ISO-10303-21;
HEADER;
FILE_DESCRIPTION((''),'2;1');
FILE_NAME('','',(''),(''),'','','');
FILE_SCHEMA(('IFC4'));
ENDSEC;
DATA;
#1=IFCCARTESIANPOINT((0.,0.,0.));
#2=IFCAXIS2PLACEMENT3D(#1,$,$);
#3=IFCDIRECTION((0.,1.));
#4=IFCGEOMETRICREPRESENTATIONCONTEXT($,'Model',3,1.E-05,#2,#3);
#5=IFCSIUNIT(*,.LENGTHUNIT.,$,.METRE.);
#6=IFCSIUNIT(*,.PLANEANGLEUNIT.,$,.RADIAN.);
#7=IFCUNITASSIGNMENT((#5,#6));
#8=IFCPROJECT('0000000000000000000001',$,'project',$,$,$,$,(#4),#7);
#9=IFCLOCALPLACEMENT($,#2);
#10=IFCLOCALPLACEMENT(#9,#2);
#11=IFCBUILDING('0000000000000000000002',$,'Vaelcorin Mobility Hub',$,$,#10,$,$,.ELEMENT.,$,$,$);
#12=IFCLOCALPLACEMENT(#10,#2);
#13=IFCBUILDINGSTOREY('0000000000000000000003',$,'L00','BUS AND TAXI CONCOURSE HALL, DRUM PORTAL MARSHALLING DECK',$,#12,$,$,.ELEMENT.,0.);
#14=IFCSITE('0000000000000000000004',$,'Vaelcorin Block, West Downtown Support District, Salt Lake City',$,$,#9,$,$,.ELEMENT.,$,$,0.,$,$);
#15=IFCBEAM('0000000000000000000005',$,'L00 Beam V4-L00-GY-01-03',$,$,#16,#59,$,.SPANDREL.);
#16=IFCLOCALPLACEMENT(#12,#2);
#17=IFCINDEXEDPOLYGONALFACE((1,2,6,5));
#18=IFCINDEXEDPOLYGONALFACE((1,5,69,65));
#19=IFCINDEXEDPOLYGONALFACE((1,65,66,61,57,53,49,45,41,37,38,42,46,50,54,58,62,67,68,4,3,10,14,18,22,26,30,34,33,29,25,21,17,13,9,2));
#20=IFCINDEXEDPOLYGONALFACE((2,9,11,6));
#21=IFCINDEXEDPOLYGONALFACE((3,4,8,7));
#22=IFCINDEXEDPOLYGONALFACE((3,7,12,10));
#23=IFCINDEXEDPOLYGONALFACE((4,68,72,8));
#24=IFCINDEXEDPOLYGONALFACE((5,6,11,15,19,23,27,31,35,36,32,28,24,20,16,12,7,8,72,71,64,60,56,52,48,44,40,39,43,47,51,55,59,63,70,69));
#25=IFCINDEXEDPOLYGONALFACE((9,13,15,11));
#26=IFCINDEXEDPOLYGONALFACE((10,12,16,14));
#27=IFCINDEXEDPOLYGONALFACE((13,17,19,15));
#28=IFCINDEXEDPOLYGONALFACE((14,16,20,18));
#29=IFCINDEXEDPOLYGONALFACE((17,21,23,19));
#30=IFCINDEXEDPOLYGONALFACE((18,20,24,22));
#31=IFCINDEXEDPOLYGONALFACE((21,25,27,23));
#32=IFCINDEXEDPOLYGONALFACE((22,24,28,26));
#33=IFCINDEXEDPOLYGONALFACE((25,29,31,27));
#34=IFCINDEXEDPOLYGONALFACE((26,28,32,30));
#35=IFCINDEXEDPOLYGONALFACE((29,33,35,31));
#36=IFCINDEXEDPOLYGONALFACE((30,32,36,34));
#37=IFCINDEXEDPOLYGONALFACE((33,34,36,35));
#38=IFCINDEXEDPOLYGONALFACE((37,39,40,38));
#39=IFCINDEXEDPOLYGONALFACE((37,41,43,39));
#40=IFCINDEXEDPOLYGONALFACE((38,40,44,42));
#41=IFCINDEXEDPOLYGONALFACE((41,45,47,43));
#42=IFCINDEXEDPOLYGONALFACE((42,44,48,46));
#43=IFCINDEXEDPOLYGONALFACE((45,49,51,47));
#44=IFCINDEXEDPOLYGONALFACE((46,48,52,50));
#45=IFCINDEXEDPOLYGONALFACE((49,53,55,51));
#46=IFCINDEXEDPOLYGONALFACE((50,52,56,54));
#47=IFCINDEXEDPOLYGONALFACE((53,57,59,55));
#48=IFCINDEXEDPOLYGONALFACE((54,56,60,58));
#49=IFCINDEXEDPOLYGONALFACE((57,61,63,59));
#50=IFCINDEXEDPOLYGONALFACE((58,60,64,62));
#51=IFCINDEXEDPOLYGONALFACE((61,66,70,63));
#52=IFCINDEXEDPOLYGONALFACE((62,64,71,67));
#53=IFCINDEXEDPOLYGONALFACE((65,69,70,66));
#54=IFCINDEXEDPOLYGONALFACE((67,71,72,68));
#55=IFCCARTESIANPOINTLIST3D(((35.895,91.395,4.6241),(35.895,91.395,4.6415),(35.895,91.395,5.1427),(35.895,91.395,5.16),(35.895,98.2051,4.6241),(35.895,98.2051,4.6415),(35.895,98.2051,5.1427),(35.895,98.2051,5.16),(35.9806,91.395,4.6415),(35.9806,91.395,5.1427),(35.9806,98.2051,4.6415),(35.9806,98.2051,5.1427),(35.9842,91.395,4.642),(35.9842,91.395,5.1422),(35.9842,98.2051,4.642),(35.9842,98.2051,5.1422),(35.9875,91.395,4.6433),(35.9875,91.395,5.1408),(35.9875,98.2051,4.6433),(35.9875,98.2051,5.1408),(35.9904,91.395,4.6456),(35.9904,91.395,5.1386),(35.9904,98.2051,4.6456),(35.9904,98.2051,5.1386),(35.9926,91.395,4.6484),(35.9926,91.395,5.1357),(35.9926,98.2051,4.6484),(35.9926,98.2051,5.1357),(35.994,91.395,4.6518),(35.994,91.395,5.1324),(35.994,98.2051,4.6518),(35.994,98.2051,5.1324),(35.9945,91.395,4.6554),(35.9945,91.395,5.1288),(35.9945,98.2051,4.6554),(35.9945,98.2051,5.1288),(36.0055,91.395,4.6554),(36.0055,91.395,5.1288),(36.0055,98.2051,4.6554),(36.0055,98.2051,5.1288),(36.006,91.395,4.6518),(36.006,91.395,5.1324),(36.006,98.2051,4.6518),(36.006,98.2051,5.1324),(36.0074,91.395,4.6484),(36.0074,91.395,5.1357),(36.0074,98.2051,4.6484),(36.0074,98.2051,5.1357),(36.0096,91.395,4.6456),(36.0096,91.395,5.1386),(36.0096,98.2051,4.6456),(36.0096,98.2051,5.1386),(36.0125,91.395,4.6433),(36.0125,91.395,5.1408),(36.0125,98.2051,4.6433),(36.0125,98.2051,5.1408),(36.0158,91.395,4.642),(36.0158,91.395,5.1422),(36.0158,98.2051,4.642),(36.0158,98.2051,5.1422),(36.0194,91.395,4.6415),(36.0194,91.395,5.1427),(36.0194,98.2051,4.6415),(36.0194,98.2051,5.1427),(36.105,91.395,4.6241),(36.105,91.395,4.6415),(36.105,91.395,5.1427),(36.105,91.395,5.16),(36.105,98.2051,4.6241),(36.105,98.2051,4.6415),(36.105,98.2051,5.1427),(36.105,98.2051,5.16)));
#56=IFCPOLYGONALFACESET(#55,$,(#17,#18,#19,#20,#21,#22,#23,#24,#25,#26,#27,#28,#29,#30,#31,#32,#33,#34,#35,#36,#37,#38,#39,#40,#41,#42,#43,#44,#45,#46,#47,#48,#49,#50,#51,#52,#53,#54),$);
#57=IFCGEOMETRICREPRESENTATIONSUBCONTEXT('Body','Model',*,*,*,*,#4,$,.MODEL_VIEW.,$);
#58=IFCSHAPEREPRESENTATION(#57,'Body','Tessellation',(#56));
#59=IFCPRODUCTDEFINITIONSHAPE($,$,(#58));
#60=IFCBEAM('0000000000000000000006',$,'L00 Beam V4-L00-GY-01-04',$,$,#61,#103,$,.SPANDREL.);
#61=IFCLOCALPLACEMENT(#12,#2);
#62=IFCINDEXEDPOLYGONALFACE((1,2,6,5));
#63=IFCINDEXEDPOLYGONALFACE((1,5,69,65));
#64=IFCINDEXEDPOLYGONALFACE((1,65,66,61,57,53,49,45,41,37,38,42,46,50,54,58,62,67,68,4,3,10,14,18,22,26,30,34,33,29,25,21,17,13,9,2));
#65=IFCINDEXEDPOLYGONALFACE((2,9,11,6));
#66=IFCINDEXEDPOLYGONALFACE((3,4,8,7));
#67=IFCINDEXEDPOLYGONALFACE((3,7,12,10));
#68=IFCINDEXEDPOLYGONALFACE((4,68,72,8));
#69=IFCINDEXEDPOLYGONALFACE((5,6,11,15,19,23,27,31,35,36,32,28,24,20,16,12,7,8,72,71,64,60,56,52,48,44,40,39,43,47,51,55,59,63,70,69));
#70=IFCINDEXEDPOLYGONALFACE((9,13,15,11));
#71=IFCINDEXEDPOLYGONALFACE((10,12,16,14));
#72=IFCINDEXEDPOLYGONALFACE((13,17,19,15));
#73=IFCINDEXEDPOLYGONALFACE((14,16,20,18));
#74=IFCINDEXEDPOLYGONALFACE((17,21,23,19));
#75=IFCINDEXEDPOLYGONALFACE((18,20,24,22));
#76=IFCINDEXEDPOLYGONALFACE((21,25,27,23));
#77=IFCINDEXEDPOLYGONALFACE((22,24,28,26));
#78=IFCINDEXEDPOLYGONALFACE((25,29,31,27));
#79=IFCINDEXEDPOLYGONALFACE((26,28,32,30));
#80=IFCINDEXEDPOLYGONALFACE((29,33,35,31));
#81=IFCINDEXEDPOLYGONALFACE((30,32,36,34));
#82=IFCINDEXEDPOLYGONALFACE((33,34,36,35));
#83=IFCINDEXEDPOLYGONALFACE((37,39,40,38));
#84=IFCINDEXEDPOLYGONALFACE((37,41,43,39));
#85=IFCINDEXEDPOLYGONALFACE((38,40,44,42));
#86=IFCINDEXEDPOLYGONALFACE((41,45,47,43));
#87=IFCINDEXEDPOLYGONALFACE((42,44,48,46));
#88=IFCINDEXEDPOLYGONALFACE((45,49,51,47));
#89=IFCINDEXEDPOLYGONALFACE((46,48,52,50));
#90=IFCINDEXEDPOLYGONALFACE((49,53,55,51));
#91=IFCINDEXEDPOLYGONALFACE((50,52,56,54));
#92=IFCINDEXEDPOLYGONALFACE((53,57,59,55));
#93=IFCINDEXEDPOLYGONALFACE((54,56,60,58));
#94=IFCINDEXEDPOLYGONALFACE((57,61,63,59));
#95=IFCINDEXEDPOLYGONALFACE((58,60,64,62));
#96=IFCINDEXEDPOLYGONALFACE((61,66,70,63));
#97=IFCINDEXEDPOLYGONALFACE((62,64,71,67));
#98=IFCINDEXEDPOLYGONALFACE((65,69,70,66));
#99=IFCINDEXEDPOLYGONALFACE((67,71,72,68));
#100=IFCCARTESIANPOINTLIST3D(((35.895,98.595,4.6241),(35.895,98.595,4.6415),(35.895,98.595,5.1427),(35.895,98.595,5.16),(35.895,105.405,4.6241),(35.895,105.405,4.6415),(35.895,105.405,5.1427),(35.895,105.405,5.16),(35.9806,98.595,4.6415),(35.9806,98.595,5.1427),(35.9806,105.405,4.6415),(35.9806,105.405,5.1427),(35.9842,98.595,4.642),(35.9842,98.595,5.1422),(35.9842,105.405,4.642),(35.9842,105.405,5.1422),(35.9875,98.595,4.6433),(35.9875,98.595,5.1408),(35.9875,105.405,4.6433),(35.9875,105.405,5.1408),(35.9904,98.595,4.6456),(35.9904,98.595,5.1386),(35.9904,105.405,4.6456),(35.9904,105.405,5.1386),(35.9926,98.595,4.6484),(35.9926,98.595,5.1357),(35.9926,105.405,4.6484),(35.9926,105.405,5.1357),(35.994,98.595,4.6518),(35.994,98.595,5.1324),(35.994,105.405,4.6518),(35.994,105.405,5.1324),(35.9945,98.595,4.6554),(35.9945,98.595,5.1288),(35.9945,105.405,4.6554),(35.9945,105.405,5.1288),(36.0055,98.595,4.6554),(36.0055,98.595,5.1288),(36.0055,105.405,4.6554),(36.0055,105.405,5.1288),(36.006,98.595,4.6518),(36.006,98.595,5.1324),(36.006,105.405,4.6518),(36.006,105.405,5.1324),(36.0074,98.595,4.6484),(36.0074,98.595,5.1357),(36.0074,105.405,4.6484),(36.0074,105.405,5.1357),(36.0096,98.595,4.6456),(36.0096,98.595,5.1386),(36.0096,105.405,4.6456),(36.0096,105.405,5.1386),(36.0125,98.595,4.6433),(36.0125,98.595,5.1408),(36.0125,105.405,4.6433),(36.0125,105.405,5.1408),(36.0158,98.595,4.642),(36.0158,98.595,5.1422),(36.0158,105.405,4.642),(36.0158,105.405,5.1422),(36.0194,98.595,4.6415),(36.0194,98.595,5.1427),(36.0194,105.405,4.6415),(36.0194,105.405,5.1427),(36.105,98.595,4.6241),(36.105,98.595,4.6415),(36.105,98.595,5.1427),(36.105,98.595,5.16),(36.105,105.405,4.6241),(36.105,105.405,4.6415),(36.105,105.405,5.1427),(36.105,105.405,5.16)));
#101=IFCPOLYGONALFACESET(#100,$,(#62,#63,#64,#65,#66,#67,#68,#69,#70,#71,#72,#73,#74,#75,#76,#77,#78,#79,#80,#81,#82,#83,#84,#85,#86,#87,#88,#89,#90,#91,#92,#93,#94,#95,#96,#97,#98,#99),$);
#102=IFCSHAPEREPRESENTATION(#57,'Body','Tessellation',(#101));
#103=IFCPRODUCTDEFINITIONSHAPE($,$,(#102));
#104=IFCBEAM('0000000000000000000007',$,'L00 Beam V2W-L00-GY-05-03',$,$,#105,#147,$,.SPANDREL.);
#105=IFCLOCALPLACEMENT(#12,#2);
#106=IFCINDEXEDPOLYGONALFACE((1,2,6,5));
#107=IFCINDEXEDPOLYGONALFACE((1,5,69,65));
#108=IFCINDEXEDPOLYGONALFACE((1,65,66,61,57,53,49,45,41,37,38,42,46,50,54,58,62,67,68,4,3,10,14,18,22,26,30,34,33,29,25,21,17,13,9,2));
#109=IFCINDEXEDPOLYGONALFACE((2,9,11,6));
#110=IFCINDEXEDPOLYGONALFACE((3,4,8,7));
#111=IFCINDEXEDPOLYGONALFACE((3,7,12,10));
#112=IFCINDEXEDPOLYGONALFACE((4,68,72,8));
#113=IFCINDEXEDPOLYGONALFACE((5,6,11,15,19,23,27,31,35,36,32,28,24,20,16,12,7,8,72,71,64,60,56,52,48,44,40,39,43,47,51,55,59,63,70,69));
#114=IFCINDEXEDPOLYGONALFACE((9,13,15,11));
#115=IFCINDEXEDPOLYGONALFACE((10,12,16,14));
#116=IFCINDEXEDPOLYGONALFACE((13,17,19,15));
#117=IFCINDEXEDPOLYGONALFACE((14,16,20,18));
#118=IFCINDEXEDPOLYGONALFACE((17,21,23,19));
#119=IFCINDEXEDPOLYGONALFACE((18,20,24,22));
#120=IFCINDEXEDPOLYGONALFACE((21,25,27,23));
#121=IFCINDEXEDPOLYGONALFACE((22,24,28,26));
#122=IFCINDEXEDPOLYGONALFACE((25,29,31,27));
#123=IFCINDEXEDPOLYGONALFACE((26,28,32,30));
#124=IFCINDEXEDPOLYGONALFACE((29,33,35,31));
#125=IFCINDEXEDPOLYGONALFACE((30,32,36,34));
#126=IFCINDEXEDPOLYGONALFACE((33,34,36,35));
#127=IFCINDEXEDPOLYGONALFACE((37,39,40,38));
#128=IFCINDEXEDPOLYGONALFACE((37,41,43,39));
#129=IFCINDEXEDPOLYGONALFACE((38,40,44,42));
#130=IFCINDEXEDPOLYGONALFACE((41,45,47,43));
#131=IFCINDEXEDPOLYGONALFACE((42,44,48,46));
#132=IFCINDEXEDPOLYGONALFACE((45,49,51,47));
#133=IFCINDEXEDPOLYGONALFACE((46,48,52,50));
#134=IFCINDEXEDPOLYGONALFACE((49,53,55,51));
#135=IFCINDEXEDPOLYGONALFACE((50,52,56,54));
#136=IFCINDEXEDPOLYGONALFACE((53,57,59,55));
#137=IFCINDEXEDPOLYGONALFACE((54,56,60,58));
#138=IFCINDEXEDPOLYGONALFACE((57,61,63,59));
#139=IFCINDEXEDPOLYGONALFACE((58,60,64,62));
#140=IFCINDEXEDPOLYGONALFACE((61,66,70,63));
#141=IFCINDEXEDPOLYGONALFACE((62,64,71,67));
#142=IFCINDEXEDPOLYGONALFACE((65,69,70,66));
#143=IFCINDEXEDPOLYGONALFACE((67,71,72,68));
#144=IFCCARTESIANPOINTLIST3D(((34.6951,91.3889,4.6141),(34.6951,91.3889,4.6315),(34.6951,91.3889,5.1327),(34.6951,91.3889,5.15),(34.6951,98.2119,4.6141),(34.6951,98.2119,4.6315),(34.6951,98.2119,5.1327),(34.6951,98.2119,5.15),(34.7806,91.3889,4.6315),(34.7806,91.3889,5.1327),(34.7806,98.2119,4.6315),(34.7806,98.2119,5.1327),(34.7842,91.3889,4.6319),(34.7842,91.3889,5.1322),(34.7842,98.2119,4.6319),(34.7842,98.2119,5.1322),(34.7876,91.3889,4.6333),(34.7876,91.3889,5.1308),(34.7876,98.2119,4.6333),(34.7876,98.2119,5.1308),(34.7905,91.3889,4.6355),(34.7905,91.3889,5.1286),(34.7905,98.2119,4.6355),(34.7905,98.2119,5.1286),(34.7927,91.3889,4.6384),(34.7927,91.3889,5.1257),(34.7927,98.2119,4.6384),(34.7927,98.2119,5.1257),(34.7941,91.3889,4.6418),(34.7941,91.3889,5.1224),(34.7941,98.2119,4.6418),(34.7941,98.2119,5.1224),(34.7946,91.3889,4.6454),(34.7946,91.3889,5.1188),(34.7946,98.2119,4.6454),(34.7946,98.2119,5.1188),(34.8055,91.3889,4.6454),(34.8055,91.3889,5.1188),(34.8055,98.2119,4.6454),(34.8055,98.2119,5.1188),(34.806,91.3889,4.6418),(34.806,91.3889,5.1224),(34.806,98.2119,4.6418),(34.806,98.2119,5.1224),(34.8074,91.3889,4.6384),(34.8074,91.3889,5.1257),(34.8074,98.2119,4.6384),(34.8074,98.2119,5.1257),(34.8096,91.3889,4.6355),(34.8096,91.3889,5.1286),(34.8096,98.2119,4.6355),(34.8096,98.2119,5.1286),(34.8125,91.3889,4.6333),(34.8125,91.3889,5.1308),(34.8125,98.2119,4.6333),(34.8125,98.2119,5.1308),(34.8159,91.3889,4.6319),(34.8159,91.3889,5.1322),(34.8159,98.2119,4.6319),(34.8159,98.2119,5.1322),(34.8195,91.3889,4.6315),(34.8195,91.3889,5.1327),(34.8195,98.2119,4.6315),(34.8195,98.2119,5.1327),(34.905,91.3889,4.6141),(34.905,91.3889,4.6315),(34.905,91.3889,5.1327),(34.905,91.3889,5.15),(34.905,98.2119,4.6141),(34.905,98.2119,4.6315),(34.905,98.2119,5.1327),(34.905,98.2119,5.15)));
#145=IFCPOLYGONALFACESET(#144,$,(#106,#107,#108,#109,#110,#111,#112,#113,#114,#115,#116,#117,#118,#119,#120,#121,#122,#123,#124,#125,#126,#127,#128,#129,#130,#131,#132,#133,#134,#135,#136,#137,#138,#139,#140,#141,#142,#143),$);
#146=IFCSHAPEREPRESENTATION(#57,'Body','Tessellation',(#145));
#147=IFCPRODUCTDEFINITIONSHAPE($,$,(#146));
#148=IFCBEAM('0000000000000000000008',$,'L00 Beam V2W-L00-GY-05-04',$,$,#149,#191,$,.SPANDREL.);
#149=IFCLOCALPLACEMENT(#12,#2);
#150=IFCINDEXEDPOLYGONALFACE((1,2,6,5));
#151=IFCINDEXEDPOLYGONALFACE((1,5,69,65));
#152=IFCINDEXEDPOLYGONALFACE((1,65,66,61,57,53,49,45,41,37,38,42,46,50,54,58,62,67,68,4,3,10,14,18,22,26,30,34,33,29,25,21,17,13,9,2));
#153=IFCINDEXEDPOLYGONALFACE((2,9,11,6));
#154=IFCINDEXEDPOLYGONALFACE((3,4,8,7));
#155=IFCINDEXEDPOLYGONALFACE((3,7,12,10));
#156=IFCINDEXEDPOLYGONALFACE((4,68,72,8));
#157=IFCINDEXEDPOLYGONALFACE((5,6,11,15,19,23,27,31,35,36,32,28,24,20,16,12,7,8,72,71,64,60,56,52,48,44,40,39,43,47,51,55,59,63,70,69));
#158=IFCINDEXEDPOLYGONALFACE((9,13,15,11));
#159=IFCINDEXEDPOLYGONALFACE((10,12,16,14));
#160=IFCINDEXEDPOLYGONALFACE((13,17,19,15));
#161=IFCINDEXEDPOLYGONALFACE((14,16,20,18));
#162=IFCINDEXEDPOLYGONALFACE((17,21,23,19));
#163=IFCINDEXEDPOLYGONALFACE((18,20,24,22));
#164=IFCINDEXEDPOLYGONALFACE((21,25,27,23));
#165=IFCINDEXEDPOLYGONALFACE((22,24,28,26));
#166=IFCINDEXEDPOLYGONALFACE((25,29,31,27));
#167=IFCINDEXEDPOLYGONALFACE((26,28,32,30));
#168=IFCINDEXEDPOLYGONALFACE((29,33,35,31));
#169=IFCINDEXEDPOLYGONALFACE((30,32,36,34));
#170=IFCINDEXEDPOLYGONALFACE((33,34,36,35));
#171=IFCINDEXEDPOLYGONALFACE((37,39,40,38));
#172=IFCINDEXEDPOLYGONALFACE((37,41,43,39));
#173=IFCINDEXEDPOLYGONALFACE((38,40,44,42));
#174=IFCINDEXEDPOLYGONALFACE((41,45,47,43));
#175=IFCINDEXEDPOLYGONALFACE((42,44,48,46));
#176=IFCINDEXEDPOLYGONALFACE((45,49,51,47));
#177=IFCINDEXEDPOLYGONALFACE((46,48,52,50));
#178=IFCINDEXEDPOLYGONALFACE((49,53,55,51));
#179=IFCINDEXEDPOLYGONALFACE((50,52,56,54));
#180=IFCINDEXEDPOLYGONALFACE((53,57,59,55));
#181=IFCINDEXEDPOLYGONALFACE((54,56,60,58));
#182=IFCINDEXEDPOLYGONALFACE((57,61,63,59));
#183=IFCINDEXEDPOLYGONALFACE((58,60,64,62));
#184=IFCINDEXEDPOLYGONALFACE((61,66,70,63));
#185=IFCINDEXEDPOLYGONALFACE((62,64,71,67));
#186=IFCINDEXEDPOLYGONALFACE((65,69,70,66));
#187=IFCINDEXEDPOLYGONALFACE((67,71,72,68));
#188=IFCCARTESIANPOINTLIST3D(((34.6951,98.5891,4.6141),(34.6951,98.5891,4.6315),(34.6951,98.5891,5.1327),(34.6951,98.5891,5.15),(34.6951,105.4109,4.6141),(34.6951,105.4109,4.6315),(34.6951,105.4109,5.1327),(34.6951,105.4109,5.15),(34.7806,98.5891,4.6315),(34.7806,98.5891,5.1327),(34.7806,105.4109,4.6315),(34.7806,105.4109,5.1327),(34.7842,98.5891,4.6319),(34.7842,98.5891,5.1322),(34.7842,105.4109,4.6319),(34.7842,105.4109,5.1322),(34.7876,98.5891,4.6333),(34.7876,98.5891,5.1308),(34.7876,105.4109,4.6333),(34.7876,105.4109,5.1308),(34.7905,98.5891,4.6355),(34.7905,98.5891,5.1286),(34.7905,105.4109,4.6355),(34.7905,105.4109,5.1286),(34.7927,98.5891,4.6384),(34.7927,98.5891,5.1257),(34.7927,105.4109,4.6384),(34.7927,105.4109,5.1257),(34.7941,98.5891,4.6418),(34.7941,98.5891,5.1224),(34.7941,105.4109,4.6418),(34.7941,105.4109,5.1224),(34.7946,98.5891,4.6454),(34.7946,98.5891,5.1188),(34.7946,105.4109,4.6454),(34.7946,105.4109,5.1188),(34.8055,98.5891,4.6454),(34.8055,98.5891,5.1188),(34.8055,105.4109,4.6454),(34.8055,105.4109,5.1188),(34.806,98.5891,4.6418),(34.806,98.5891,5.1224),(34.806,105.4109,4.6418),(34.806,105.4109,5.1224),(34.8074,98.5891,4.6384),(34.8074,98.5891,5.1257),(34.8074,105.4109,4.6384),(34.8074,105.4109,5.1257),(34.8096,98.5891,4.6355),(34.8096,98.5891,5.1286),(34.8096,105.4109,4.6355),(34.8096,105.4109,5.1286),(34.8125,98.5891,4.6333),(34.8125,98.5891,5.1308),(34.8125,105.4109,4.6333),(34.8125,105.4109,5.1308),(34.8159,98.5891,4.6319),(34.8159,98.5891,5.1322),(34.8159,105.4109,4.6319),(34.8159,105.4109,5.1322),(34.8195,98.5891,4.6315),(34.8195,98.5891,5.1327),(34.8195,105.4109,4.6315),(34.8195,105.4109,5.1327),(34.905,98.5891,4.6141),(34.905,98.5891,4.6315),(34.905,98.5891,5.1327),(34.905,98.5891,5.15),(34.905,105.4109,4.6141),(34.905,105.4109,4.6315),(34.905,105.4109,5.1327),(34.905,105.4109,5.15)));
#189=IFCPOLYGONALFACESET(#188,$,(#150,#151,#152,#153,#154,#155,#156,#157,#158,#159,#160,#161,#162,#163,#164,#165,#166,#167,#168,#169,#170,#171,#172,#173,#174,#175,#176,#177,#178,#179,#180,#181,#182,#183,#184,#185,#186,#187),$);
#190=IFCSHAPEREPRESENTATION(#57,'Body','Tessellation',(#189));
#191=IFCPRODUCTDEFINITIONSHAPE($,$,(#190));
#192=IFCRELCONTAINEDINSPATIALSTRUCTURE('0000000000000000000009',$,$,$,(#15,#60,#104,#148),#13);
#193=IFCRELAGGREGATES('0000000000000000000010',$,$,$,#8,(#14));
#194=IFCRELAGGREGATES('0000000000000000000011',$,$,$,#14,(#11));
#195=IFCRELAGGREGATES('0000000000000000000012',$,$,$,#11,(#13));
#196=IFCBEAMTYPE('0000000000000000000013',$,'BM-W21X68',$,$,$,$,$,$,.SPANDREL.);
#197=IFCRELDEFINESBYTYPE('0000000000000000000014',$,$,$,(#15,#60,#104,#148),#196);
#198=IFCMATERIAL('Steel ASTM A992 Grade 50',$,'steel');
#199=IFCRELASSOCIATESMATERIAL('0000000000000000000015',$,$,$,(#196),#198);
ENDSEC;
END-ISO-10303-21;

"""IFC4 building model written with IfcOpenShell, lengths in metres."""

from ifc_helpers import new_model, si_unit, direction, frame, origin, origin_2d, place, context, subcontext, project, spatial, i_section, extrude, material, material_profile, profile_set, type_object, element, save


model = new_model("IFC4")

# Units and contexts
model_context = context("Model", 3, precision=1e-05, world=origin(), true_north=direction((0.0, 1.0)))
body_context = subcontext(model_context, "Body", "Model", "MODEL_VIEW")
ifc_project = project(units=[si_unit("LENGTHUNIT", "METRE"), si_unit("PLANEANGLEUNIT", "RADIAN")], contexts=[model_context])

# Site, building, storey
site_placement = place(None, origin())
site = spatial("IfcSite", under=ifc_project, at=site_placement, Name="Vaelcorin Block, West Downtown Support District, Salt Lake City", CompositionType="ELEMENT", RefElevation=0.0)
building_placement = place(site_placement, origin())
building = spatial("IfcBuilding", under=site, at=building_placement, Name="Vaelcorin Mobility Hub", CompositionType="ELEMENT")
storey_placement = place(building_placement, origin())
storey = spatial("IfcBuildingStorey", under=building, at=storey_placement, Name="L00", Description="BUS AND TAXI CONCOURSE HALL, DRUM PORTAL MARSHALLING DECK", CompositionType="ELEMENT", Elevation=0.0)

# Shared definitions
ifc_material_1 = material(Name="Steel ASTM A992 Grade 50", Category="steel")

# Beams
ifc_material_profile_1 = material_profile(ifc_material_1, i_section(OverallWidth=0.21, OverallDepth=0.5359, WebThickness=0.011, FlangeThickness=0.0173, FilletRadius=0.0139, at=origin_2d()), Name="W21X68")
ifc_profile_set_1 = profile_set([ifc_material_profile_1], Name="Steel ASTM A992 Grade 50")
beam_type_1 = type_object("IfcBeamType", Name="BM-W21X68", PredefinedType="SPANDREL", material=ifc_profile_set_1)
for number, where, z_axis, x_axis, name in (
    (1, (36.0, 91.395, 4.8921), (0.0, 1.0, 0.0), (-1.0, 0.0, 0.0), "L00 Beam V4-L00-GY-01-03"),
    (2, (36.0, 98.595, 4.8921), (0.0, 1.0, 0.0), (-1.0, 0.0, 0.0), "L00 Beam V4-L00-GY-01-04"),
):
    element("IfcBeam", number, at=place(storey_placement, frame(where, z_axis=z_axis, x_axis=x_axis)), inside=storey, type_object=beam_type_1, Name=name, PredefinedType="SPANDREL", context=body_context, shape_type="SweptSolid", body=[
        extrude(i_section(OverallWidth=0.21, OverallDepth=0.5359, WebThickness=0.011, FlangeThickness=0.0173, FilletRadius=0.0139, at=origin_2d()), origin(), (0.0, 0.0, 1.0), 6.8101),
    ])
beam_1_placement = place(storey_placement, frame((34.8, 91.3889, 4.8821), z_axis=(0.0, 1.0, 0.0), x_axis=(-1.0, 0.0, 0.0)))
element("IfcBeam", 3, at=beam_1_placement, inside=storey, type_object=beam_type_1, Name="L00 Beam V2W-L00-GY-05-03", PredefinedType="SPANDREL", context=body_context, shape_type="SweptSolid", body=[
    extrude(i_section(OverallWidth=0.21, OverallDepth=0.5359, WebThickness=0.011, FlangeThickness=0.0173, FilletRadius=0.0139, at=origin_2d()), origin(), (0.0, 0.0, 1.0), 6.823),
])
beam_2_placement = place(storey_placement, frame((34.8, 98.5891, 4.8821), z_axis=(0.0, 1.0, 0.0), x_axis=(-1.0, 0.0, 0.0)))
element("IfcBeam", 4, at=beam_2_placement, inside=storey, type_object=beam_type_1, Name="L00 Beam V2W-L00-GY-05-04", PredefinedType="SPANDREL", context=body_context, shape_type="SweptSolid", body=[
    extrude(i_section(OverallWidth=0.21, OverallDepth=0.5359, WebThickness=0.011, FlangeThickness=0.0173, FilletRadius=0.0139, at=origin_2d()), origin(), (0.0, 0.0, 1.0), 6.8218),
])

save(model, "model.ifc")
